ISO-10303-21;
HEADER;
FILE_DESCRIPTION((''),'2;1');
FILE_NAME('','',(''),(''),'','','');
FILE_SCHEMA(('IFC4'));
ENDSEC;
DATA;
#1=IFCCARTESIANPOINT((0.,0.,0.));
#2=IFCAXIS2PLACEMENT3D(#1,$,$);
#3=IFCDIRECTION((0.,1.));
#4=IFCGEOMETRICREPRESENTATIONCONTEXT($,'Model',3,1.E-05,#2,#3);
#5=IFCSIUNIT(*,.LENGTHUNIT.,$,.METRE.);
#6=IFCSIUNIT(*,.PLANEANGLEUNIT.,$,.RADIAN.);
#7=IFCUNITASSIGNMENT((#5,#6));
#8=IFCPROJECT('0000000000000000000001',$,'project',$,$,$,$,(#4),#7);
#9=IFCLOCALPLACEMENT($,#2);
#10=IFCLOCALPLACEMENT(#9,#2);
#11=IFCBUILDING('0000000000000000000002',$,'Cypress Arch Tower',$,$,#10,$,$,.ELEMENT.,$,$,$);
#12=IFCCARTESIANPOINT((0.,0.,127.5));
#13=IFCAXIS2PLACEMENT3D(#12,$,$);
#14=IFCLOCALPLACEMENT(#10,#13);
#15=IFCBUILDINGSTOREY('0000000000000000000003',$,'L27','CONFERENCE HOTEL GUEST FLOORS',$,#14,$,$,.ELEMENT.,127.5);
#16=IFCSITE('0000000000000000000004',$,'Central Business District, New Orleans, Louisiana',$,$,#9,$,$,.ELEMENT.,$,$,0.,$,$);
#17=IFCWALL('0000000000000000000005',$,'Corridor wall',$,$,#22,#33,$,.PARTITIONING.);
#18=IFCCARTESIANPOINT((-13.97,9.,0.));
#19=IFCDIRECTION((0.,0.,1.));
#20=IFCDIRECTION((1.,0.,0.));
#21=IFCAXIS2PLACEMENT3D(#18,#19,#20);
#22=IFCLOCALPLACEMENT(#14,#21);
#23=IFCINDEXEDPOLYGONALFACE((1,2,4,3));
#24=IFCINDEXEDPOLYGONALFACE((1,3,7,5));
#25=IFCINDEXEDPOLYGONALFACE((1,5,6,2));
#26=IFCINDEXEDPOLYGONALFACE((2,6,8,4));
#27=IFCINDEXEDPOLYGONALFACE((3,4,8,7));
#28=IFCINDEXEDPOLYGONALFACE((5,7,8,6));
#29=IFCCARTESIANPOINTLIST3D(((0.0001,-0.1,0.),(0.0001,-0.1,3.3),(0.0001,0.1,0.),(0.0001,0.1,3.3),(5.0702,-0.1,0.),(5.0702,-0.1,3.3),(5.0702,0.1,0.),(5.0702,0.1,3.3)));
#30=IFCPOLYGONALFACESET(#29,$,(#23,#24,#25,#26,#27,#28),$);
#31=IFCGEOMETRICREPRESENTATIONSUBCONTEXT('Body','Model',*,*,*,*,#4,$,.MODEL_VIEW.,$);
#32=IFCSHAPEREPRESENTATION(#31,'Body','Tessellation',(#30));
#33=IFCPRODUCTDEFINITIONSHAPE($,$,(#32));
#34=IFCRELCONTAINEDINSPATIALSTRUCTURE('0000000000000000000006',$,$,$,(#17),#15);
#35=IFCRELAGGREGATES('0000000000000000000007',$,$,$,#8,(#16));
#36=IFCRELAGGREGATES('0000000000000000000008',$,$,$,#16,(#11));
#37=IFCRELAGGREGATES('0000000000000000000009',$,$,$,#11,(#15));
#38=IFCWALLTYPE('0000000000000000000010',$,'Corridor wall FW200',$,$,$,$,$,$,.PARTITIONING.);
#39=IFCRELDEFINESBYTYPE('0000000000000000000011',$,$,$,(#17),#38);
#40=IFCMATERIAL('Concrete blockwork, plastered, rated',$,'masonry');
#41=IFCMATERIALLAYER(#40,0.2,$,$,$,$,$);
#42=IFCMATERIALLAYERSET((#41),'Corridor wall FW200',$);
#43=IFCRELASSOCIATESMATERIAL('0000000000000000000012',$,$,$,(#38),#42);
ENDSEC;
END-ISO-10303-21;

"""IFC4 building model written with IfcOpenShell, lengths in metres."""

from ifc_helpers import new_model, si_unit, direction, frame, frame_2d, origin, place, context, subcontext, project, spatial, rectangle, extrude, material, layer, layer_set, type_object, element, save


model = new_model("IFC4")

# Units and contexts
model_context = context("Model", 3, precision=1e-05, world=origin(), true_north=direction((0.0, 1.0)))
body_context = subcontext(model_context, "Body", "Model", "MODEL_VIEW")
ifc_project = project(units=[si_unit("LENGTHUNIT", "METRE"), si_unit("PLANEANGLEUNIT", "RADIAN")], contexts=[model_context])

# Site, building, storey
site_placement = place(None, origin())
site = spatial("IfcSite", under=ifc_project, at=site_placement, Name="Central Business District, New Orleans, Louisiana", CompositionType="ELEMENT", RefElevation=0.0)
building_placement = place(site_placement, origin())
building = spatial("IfcBuilding", under=site, at=building_placement, Name="Cypress Arch Tower", CompositionType="ELEMENT")
storey_placement = place(building_placement, frame((0.0, 0.0, 127.5)))
storey = spatial("IfcBuildingStorey", under=building, at=storey_placement, Name="L27", Description="CONFERENCE HOTEL GUEST FLOORS", CompositionType="ELEMENT", Elevation=127.5)

# Wall
ifc_material_1 = material(Name="Concrete blockwork, plastered, rated", Category="masonry")
ifc_layer_1 = layer(ifc_material_1, 0.2)
ifc_layer_set_1 = layer_set([ifc_layer_1], Name="Corridor wall FW200")
wall_type_1 = type_object("IfcWallType", Name="Corridor wall FW200", PredefinedType="PARTITIONING", material=ifc_layer_set_1)
wall_1_placement = place(storey_placement, frame((-13.97, 9.0, 0.0), z_axis=(0.0, 0.0, 1.0), x_axis=(1.0, 0.0, 0.0)))
element("IfcWall", 1, at=wall_1_placement, inside=storey, type_object=wall_type_1, Name="Corridor wall", PredefinedType="PARTITIONING", context=body_context, shape_type="SweptSolid", body=[
    extrude(rectangle(XDim=5.0701, YDim=0.2, at=frame_2d((2.5352, 0.0))), origin(), (0.0, 0.0, 1.0), 3.3),
])

save(model, "model.ifc")
